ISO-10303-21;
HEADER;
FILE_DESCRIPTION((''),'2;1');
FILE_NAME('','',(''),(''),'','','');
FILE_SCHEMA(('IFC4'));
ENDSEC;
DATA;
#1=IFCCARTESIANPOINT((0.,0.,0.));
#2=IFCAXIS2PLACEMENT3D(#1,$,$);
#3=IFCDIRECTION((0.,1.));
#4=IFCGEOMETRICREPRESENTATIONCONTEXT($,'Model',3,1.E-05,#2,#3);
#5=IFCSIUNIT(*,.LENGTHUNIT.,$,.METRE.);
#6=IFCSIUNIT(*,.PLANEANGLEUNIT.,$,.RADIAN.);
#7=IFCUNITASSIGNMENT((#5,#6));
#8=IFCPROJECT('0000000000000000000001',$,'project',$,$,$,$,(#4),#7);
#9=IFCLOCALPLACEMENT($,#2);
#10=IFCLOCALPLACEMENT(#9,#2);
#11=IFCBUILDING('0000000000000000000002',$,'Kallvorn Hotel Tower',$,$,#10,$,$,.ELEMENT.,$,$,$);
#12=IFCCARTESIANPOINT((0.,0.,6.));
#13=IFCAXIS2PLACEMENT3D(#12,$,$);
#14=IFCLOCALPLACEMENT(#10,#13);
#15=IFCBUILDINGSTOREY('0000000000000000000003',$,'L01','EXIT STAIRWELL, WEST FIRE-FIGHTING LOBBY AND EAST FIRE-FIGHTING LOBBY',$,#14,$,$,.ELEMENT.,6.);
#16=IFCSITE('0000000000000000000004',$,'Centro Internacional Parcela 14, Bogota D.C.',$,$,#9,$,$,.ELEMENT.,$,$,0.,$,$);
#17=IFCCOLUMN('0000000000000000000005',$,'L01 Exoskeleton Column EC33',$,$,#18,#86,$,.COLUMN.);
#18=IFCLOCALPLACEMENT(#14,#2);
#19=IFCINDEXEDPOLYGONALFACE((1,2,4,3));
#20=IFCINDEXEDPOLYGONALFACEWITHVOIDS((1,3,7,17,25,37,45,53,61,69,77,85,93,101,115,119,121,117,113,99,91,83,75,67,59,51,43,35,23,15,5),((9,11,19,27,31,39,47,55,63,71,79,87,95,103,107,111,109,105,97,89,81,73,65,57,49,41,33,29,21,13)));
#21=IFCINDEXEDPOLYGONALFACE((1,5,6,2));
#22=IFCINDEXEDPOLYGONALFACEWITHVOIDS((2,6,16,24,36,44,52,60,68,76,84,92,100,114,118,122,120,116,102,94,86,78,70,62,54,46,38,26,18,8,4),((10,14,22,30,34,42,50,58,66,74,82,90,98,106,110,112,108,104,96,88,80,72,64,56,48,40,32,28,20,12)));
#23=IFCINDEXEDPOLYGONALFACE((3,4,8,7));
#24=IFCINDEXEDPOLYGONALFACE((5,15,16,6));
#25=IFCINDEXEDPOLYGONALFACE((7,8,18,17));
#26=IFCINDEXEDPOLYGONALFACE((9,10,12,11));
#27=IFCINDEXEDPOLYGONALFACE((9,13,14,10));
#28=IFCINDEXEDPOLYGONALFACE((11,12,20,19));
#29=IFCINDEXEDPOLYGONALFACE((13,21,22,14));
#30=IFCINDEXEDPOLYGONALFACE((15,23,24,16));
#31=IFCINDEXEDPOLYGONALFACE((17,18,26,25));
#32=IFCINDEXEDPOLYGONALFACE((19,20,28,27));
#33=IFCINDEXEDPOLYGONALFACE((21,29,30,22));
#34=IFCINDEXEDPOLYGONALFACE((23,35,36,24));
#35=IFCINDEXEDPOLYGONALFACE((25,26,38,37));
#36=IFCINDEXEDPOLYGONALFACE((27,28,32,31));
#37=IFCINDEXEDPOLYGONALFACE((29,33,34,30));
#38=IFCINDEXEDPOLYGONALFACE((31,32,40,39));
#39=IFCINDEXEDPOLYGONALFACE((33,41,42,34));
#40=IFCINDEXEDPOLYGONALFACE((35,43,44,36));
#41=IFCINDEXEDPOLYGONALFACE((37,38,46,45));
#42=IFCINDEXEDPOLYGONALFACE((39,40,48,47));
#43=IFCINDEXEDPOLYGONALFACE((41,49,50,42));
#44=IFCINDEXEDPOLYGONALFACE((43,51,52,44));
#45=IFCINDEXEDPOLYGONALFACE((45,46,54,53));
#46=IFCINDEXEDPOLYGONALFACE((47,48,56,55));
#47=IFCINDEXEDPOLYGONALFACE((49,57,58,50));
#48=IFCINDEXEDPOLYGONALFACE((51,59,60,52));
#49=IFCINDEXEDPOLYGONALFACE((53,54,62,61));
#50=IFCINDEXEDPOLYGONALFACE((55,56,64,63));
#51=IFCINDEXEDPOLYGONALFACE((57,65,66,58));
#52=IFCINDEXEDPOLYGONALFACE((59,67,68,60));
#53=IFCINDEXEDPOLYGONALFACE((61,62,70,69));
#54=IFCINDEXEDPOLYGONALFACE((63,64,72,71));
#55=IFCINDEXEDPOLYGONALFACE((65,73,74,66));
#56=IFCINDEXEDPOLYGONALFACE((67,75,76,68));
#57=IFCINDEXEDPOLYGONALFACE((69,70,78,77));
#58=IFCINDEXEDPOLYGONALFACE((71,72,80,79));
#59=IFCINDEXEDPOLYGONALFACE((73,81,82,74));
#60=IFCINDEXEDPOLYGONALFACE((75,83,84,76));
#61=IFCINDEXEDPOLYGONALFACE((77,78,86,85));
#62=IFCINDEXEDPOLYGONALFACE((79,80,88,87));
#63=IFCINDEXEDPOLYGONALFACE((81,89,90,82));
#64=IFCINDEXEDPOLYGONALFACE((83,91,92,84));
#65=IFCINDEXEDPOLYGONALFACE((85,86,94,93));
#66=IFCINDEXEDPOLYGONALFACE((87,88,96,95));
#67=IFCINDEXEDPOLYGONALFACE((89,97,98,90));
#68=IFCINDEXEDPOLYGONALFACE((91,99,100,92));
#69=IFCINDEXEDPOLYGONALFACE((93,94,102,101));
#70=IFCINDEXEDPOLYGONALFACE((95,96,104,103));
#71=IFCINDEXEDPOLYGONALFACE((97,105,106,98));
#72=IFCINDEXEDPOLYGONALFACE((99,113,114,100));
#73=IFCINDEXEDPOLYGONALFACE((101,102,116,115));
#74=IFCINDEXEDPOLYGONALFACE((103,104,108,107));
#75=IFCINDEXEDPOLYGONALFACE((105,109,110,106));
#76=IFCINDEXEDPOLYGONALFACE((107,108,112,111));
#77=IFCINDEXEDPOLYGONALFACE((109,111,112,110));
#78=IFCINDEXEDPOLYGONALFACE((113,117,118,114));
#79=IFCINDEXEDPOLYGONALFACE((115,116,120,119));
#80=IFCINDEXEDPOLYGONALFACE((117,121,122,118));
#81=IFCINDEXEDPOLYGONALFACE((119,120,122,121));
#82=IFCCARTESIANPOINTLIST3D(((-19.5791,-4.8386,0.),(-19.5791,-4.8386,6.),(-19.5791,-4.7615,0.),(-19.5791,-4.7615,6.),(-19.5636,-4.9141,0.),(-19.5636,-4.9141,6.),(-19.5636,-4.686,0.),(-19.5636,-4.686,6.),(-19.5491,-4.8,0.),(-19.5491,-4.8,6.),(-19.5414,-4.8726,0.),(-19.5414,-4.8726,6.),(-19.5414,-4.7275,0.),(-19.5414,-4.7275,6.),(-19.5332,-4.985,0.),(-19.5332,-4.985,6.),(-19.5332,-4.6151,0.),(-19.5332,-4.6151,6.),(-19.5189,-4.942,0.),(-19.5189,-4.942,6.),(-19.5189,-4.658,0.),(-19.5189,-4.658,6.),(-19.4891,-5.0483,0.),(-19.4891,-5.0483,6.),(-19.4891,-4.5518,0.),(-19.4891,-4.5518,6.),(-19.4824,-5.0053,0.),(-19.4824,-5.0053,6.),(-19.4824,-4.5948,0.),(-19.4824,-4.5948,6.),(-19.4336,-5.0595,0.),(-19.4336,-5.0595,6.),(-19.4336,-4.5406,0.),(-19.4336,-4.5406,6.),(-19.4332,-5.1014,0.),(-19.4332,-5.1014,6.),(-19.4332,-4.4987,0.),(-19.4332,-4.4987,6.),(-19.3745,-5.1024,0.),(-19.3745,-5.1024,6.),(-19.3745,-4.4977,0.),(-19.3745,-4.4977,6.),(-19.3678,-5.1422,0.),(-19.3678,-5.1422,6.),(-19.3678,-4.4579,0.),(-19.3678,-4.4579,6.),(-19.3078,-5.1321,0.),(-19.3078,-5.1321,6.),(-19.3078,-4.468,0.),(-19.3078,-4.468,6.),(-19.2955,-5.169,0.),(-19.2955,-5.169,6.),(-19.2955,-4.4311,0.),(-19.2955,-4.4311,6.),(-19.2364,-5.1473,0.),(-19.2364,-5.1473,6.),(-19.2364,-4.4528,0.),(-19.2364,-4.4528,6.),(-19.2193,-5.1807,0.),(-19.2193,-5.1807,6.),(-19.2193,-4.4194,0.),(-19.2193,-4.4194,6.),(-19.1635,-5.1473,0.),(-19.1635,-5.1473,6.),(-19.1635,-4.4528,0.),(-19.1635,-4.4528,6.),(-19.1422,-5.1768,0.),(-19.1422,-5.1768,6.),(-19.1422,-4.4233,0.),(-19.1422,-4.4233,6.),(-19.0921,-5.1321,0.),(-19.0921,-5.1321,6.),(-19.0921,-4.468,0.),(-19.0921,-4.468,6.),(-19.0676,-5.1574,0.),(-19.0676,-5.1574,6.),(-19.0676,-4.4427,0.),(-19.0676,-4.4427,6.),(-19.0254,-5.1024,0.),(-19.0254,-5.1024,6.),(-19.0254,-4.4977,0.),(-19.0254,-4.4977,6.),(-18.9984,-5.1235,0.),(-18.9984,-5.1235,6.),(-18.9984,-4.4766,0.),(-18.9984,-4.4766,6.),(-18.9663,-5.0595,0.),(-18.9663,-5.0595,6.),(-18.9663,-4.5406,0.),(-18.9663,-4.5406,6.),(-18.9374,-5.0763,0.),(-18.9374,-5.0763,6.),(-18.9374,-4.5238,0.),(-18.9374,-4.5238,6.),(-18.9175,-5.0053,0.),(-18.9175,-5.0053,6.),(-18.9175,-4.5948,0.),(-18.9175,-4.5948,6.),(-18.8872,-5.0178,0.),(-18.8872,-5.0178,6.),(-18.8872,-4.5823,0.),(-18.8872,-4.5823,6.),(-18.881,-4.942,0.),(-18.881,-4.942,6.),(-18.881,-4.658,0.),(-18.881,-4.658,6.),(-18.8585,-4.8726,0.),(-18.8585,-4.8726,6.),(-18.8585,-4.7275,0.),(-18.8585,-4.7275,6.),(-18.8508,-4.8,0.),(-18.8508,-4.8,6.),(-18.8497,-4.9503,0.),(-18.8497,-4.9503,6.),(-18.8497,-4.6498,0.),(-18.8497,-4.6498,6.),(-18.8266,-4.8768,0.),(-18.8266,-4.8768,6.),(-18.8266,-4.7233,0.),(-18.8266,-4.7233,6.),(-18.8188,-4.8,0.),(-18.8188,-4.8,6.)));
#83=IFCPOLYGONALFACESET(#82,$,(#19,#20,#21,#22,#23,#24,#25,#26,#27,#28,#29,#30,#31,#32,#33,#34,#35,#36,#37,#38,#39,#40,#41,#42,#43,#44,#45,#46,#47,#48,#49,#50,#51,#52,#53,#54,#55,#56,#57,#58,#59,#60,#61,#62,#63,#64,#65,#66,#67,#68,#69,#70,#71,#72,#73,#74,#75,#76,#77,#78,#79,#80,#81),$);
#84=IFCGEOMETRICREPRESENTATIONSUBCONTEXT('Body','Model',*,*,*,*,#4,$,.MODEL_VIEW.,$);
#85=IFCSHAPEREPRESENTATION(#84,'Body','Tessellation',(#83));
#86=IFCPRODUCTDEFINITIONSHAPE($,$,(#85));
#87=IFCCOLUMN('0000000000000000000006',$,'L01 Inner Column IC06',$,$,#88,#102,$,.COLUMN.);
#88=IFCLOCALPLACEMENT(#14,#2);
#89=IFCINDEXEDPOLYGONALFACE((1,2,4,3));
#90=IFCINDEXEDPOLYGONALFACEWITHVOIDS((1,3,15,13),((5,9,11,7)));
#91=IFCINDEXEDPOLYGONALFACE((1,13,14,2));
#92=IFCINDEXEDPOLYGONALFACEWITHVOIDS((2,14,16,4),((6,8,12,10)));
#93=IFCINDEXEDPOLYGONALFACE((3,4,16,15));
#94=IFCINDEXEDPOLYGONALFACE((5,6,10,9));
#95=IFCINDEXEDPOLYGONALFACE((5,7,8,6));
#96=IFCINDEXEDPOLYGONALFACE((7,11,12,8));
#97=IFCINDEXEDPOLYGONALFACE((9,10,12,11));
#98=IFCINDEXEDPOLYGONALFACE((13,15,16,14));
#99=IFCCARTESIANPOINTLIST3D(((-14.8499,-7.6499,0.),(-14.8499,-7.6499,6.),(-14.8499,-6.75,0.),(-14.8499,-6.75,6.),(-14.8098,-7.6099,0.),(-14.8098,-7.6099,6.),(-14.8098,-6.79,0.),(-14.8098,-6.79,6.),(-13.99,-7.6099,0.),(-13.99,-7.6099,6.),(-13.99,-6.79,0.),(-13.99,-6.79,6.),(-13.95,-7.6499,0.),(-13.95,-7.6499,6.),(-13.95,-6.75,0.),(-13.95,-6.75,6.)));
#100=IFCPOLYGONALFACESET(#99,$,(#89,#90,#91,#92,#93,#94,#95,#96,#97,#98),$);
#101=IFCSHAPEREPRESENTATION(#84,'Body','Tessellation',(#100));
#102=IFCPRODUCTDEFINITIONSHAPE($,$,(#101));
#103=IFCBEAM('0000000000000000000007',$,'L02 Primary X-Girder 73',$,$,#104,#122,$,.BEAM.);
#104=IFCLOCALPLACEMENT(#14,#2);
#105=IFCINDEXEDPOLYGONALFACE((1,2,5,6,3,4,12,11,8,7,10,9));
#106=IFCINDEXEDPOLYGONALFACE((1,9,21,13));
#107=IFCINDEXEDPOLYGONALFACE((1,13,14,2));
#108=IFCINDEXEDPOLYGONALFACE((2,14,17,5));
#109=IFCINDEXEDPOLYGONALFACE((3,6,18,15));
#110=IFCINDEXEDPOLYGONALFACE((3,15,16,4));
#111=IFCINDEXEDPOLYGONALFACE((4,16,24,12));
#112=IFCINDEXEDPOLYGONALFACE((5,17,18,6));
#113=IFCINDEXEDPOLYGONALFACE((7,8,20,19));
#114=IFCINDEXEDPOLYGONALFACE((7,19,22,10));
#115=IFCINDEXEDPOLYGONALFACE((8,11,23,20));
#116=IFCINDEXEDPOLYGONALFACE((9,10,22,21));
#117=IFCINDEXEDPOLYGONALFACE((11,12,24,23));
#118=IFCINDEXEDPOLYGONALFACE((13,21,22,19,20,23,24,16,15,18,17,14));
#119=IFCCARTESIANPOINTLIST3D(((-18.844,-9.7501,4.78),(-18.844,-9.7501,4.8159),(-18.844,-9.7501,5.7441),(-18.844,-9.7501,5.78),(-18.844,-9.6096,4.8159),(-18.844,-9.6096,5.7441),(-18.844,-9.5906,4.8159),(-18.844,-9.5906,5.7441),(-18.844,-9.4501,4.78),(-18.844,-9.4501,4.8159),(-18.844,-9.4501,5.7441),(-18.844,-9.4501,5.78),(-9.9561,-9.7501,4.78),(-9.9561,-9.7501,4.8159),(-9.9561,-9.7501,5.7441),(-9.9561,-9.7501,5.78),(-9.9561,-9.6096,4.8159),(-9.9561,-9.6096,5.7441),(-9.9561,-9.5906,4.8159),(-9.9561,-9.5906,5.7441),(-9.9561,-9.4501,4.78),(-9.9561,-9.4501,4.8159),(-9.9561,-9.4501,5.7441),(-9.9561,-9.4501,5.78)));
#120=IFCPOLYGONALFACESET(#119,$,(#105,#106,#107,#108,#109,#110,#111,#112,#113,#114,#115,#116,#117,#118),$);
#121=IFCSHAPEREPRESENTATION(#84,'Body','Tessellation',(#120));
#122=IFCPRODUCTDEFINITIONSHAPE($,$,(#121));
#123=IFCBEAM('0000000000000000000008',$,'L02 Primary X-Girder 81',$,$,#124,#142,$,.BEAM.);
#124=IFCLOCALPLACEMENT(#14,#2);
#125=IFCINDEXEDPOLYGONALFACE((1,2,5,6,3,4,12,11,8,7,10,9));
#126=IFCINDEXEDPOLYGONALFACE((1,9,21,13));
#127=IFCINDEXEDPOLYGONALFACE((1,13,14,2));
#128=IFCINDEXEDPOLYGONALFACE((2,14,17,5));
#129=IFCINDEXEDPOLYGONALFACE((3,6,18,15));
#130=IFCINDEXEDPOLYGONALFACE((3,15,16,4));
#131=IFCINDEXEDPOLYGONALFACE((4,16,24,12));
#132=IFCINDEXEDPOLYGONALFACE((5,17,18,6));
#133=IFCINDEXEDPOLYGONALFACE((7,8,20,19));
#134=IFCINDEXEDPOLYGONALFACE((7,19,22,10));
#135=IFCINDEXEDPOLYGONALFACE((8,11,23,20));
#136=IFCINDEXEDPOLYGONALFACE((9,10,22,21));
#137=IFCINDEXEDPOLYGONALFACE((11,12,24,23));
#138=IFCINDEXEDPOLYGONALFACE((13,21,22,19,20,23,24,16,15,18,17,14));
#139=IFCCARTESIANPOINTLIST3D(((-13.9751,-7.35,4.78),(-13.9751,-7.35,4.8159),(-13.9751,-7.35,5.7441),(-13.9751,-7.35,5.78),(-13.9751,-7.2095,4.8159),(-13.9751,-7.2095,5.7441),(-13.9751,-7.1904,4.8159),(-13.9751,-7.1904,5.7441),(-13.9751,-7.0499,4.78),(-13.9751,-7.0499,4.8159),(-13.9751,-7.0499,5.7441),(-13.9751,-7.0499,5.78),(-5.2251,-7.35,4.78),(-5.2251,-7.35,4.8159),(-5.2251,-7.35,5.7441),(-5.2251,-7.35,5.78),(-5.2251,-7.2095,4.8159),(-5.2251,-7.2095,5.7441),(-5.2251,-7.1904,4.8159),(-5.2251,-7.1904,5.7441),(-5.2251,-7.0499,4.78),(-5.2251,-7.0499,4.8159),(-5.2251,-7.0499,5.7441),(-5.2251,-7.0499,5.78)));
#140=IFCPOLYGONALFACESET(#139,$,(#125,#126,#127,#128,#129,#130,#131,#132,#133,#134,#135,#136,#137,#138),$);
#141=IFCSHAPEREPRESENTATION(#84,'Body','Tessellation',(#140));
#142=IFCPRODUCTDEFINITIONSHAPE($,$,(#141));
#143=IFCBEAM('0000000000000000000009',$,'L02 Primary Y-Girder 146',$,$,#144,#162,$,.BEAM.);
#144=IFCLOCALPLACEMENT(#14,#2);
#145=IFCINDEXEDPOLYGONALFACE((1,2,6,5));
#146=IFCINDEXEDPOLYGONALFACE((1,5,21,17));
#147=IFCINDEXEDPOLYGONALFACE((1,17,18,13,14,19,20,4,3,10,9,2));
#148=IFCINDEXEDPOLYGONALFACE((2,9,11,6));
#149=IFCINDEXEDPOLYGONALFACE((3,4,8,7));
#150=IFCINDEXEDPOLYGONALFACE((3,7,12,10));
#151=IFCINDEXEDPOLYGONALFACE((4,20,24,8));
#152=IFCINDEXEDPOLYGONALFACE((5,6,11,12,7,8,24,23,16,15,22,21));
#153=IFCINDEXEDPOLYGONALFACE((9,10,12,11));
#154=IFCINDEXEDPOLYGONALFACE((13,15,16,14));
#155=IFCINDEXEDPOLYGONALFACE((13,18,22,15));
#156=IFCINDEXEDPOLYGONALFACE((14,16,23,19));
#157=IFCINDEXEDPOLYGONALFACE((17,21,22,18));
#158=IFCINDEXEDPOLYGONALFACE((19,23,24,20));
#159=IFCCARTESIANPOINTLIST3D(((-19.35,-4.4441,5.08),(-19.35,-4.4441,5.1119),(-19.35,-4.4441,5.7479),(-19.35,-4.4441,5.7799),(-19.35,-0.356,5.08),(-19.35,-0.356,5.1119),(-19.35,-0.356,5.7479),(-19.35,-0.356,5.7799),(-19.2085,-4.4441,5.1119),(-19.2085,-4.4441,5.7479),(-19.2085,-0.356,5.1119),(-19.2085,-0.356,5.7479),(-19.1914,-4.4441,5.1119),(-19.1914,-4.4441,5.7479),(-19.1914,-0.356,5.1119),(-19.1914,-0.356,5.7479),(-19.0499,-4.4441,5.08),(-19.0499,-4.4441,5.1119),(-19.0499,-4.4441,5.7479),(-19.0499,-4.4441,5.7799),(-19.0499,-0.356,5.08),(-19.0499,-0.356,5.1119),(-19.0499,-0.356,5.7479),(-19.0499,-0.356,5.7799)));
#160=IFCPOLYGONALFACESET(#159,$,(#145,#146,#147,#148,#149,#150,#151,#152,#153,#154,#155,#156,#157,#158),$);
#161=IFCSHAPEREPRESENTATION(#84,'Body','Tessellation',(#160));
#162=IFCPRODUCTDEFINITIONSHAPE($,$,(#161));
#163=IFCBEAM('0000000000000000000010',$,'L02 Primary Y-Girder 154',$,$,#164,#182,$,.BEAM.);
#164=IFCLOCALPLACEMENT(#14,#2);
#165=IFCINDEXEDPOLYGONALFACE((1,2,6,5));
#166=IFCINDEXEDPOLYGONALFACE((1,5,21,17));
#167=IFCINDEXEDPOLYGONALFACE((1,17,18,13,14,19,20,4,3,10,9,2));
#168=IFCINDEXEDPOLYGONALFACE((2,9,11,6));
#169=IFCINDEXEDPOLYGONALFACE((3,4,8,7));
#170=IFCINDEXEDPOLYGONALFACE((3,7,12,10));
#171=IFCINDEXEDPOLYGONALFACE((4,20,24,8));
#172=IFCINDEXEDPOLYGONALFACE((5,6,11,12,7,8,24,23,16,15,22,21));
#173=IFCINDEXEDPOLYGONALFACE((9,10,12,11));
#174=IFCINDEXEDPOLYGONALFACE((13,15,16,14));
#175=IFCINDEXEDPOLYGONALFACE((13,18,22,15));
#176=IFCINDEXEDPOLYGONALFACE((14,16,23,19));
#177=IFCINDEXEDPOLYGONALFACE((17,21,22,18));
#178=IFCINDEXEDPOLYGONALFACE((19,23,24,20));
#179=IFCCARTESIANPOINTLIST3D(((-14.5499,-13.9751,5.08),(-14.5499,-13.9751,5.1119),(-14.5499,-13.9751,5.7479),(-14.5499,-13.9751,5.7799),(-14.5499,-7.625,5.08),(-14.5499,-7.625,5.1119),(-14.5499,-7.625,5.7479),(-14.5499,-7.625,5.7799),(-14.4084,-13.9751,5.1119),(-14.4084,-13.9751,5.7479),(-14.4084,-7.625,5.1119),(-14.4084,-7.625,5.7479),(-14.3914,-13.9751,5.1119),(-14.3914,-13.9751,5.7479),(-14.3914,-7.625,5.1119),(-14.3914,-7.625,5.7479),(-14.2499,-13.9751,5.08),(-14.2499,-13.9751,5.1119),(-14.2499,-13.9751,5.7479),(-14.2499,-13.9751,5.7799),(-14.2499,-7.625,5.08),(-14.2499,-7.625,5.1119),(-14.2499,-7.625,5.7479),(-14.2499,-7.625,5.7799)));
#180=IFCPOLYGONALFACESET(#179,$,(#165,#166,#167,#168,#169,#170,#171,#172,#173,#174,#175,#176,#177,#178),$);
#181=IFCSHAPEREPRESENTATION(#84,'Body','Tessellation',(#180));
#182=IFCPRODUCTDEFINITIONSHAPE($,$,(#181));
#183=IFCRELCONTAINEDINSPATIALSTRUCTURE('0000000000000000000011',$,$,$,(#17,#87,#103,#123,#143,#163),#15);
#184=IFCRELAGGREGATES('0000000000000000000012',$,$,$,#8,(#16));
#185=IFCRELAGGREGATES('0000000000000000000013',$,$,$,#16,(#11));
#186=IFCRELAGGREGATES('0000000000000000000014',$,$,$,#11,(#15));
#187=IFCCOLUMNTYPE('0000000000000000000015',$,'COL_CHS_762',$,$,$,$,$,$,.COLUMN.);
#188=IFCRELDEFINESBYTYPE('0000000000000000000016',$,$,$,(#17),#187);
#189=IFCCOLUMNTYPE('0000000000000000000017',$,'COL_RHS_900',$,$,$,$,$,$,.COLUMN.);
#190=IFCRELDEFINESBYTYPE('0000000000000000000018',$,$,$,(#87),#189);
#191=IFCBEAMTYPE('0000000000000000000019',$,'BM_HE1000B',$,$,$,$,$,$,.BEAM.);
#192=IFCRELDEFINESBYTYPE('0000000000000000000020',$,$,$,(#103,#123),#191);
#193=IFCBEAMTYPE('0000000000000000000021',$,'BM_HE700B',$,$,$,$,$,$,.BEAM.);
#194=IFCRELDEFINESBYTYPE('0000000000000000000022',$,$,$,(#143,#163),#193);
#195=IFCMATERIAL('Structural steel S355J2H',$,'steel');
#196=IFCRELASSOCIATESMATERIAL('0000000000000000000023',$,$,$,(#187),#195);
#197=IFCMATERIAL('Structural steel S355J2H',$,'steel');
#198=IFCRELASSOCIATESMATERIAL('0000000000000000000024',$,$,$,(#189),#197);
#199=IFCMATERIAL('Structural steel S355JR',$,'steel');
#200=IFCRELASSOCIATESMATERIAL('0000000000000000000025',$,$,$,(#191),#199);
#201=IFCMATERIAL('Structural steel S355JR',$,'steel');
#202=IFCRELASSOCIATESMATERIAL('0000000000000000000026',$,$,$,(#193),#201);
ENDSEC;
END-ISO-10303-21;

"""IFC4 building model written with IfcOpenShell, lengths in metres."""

from ifc_helpers import new_model, si_unit, direction, frame, origin, origin_2d, place, context, subcontext, project, spatial, hollow_rectangle, hollow_circle, i_section, extrude, material, material_profile, profile_set, type_object, element, save


model = new_model("IFC4")

# Units and contexts
model_context = context("Model", 3, precision=1e-05, world=origin(), true_north=direction((0.0, 1.0)))
body_context = subcontext(model_context, "Body", "Model", "MODEL_VIEW")
ifc_project = project(units=[si_unit("LENGTHUNIT", "METRE"), si_unit("PLANEANGLEUNIT", "RADIAN")], contexts=[model_context])

# Site, building, storey
site_placement = place(None, origin())
site = spatial("IfcSite", under=ifc_project, at=site_placement, Name="Centro Internacional Parcela 14, Bogota D.C.", CompositionType="ELEMENT", RefElevation=0.0)
building_placement = place(site_placement, origin())
building = spatial("IfcBuilding", under=site, at=building_placement, Name="Kallvorn Hotel Tower", CompositionType="ELEMENT")
storey_placement = place(building_placement, frame((0.0, 0.0, 6.0)))
storey = spatial("IfcBuildingStorey", under=building, at=storey_placement, Name="L01", Description="EXIT STAIRWELL, WEST FIRE-FIGHTING LOBBY AND EAST FIRE-FIGHTING LOBBY", CompositionType="ELEMENT", Elevation=6.0)

# Columns
ifc_material_1 = material(Name="Structural steel S355J2H", Category="steel")
ifc_material_profile_1 = material_profile(ifc_material_1, hollow_circle(Radius=0.3811, WallThickness=0.032, at=origin_2d()), Name="CHS 762x32")
ifc_profile_set_1 = profile_set([ifc_material_profile_1], Name="Structural steel S355J2H")
column_type_1 = type_object("IfcColumnType", Name="COL_CHS_762", PredefinedType="COLUMN", material=ifc_profile_set_1)
column_1_placement = place(storey_placement, frame((-19.2, -4.8, 0.0), z_axis=(0.0, 0.0, 1.0), x_axis=(1.0, 0.0, 0.0)))
element("IfcColumn", 1, at=column_1_placement, inside=storey, type_object=column_type_1, Name="L01 Exoskeleton Column EC33", PredefinedType="COLUMN", context=body_context, shape_type="SweptSolid", body=[
    extrude(hollow_circle(Radius=0.3811, WallThickness=0.032, at=origin_2d()), origin(), (0.0, 0.0, 1.0), 6.0),
])
ifc_material_2 = material(Name="Structural steel S355J2H", Category="steel")
ifc_material_profile_2 = material_profile(ifc_material_2, hollow_rectangle(XDim=0.8999, YDim=0.8999, WallThickness=0.04, at=origin_2d()), Name="RHS 900x900x40")
ifc_profile_set_2 = profile_set([ifc_material_profile_2], Name="Structural steel S355J2H")
column_type_2 = type_object("IfcColumnType", Name="COL_RHS_900", PredefinedType="COLUMN", material=ifc_profile_set_2)
column_2_placement = place(storey_placement, frame((-14.3999, -7.2, 0.0), z_axis=(0.0, 0.0, 1.0), x_axis=(1.0, 0.0, 0.0)))
element("IfcColumn", 2, at=column_2_placement, inside=storey, type_object=column_type_2, Name="L01 Inner Column IC06", PredefinedType="COLUMN", context=body_context, shape_type="SweptSolid", body=[
    extrude(hollow_rectangle(XDim=0.8999, YDim=0.8999, WallThickness=0.04, at=origin_2d()), origin(), (0.0, 0.0, 1.0), 6.0),
])

# Beams
ifc_material_3 = material(Name="Structural steel S355JR", Category="steel")
ifc_material_profile_3 = material_profile(ifc_material_3, i_section(OverallWidth=0.3, OverallDepth=1.0, WebThickness=0.019, FlangeThickness=0.0359, at=origin_2d()), Name="HE 1000 B")
ifc_profile_set_3 = profile_set([ifc_material_profile_3], Name="Structural steel S355JR")
beam_type_1 = type_object("IfcBeamType", Name="BM_HE1000B", PredefinedType="BEAM", material=ifc_profile_set_3)
beam_1_placement = place(storey_placement, frame((-18.844, -9.6001, 5.28), z_axis=(1.0, 0.0, 0.0), x_axis=(0.0, 1.0, 0.0)))
element("IfcBeam", 3, at=beam_1_placement, inside=storey, type_object=beam_type_1, Name="L02 Primary X-Girder 73", PredefinedType="BEAM", context=body_context, shape_type="SweptSolid", body=[
    extrude(i_section(OverallWidth=0.3, OverallDepth=1.0, WebThickness=0.019, FlangeThickness=0.0359, at=origin_2d()), origin(), (0.0, 0.0, 1.0), 8.8879),
])
beam_2_placement = place(storey_placement, frame((-13.9751, -7.2, 5.28), z_axis=(1.0, 0.0, 0.0), x_axis=(0.0, 1.0, 0.0)))
element("IfcBeam", 4, at=beam_2_placement, inside=storey, type_object=beam_type_1, Name="L02 Primary X-Girder 81", PredefinedType="BEAM", context=body_context, shape_type="SweptSolid", body=[
    extrude(i_section(OverallWidth=0.3, OverallDepth=1.0, WebThickness=0.019, FlangeThickness=0.0359, at=origin_2d()), origin(), (0.0, 0.0, 1.0), 8.75),
])
ifc_material_4 = material(Name="Structural steel S355JR", Category="steel")
ifc_material_profile_4 = material_profile(ifc_material_4, i_section(OverallWidth=0.3, OverallDepth=0.7, WebThickness=0.0171, FlangeThickness=0.032, at=origin_2d()), Name="HE 700 B")
ifc_profile_set_4 = profile_set([ifc_material_profile_4], Name="Structural steel S355JR")
beam_type_2 = type_object("IfcBeamType", Name="BM_HE700B", PredefinedType="BEAM", material=ifc_profile_set_4)
beam_3_placement = place(storey_placement, frame((-19.2, -4.4441, 5.4299), z_axis=(0.0, 1.0, 0.0), x_axis=(-1.0, 0.0, 0.0)))
element("IfcBeam", 5, at=beam_3_placement, inside=storey, type_object=beam_type_2, Name="L02 Primary Y-Girder 146", PredefinedType="BEAM", context=body_context, shape_type="SweptSolid", body=[
    extrude(i_section(OverallWidth=0.3, OverallDepth=0.7, WebThickness=0.0171, FlangeThickness=0.032, at=origin_2d()), origin(), (0.0, 0.0, 1.0), 4.0881),
])
beam_4_placement = place(storey_placement, frame((-14.3999, -13.9751, 5.4299), z_axis=(0.0, 1.0, 0.0), x_axis=(-1.0, 0.0, 0.0)))
element("IfcBeam", 6, at=beam_4_placement, inside=storey, type_object=beam_type_2, Name="L02 Primary Y-Girder 154", PredefinedType="BEAM", context=body_context, shape_type="SweptSolid", body=[
    extrude(i_section(OverallWidth=0.3, OverallDepth=0.7, WebThickness=0.0171, FlangeThickness=0.032, at=origin_2d()), origin(), (0.0, 0.0, 1.0), 6.3501),
])

save(model, "model.ifc")
